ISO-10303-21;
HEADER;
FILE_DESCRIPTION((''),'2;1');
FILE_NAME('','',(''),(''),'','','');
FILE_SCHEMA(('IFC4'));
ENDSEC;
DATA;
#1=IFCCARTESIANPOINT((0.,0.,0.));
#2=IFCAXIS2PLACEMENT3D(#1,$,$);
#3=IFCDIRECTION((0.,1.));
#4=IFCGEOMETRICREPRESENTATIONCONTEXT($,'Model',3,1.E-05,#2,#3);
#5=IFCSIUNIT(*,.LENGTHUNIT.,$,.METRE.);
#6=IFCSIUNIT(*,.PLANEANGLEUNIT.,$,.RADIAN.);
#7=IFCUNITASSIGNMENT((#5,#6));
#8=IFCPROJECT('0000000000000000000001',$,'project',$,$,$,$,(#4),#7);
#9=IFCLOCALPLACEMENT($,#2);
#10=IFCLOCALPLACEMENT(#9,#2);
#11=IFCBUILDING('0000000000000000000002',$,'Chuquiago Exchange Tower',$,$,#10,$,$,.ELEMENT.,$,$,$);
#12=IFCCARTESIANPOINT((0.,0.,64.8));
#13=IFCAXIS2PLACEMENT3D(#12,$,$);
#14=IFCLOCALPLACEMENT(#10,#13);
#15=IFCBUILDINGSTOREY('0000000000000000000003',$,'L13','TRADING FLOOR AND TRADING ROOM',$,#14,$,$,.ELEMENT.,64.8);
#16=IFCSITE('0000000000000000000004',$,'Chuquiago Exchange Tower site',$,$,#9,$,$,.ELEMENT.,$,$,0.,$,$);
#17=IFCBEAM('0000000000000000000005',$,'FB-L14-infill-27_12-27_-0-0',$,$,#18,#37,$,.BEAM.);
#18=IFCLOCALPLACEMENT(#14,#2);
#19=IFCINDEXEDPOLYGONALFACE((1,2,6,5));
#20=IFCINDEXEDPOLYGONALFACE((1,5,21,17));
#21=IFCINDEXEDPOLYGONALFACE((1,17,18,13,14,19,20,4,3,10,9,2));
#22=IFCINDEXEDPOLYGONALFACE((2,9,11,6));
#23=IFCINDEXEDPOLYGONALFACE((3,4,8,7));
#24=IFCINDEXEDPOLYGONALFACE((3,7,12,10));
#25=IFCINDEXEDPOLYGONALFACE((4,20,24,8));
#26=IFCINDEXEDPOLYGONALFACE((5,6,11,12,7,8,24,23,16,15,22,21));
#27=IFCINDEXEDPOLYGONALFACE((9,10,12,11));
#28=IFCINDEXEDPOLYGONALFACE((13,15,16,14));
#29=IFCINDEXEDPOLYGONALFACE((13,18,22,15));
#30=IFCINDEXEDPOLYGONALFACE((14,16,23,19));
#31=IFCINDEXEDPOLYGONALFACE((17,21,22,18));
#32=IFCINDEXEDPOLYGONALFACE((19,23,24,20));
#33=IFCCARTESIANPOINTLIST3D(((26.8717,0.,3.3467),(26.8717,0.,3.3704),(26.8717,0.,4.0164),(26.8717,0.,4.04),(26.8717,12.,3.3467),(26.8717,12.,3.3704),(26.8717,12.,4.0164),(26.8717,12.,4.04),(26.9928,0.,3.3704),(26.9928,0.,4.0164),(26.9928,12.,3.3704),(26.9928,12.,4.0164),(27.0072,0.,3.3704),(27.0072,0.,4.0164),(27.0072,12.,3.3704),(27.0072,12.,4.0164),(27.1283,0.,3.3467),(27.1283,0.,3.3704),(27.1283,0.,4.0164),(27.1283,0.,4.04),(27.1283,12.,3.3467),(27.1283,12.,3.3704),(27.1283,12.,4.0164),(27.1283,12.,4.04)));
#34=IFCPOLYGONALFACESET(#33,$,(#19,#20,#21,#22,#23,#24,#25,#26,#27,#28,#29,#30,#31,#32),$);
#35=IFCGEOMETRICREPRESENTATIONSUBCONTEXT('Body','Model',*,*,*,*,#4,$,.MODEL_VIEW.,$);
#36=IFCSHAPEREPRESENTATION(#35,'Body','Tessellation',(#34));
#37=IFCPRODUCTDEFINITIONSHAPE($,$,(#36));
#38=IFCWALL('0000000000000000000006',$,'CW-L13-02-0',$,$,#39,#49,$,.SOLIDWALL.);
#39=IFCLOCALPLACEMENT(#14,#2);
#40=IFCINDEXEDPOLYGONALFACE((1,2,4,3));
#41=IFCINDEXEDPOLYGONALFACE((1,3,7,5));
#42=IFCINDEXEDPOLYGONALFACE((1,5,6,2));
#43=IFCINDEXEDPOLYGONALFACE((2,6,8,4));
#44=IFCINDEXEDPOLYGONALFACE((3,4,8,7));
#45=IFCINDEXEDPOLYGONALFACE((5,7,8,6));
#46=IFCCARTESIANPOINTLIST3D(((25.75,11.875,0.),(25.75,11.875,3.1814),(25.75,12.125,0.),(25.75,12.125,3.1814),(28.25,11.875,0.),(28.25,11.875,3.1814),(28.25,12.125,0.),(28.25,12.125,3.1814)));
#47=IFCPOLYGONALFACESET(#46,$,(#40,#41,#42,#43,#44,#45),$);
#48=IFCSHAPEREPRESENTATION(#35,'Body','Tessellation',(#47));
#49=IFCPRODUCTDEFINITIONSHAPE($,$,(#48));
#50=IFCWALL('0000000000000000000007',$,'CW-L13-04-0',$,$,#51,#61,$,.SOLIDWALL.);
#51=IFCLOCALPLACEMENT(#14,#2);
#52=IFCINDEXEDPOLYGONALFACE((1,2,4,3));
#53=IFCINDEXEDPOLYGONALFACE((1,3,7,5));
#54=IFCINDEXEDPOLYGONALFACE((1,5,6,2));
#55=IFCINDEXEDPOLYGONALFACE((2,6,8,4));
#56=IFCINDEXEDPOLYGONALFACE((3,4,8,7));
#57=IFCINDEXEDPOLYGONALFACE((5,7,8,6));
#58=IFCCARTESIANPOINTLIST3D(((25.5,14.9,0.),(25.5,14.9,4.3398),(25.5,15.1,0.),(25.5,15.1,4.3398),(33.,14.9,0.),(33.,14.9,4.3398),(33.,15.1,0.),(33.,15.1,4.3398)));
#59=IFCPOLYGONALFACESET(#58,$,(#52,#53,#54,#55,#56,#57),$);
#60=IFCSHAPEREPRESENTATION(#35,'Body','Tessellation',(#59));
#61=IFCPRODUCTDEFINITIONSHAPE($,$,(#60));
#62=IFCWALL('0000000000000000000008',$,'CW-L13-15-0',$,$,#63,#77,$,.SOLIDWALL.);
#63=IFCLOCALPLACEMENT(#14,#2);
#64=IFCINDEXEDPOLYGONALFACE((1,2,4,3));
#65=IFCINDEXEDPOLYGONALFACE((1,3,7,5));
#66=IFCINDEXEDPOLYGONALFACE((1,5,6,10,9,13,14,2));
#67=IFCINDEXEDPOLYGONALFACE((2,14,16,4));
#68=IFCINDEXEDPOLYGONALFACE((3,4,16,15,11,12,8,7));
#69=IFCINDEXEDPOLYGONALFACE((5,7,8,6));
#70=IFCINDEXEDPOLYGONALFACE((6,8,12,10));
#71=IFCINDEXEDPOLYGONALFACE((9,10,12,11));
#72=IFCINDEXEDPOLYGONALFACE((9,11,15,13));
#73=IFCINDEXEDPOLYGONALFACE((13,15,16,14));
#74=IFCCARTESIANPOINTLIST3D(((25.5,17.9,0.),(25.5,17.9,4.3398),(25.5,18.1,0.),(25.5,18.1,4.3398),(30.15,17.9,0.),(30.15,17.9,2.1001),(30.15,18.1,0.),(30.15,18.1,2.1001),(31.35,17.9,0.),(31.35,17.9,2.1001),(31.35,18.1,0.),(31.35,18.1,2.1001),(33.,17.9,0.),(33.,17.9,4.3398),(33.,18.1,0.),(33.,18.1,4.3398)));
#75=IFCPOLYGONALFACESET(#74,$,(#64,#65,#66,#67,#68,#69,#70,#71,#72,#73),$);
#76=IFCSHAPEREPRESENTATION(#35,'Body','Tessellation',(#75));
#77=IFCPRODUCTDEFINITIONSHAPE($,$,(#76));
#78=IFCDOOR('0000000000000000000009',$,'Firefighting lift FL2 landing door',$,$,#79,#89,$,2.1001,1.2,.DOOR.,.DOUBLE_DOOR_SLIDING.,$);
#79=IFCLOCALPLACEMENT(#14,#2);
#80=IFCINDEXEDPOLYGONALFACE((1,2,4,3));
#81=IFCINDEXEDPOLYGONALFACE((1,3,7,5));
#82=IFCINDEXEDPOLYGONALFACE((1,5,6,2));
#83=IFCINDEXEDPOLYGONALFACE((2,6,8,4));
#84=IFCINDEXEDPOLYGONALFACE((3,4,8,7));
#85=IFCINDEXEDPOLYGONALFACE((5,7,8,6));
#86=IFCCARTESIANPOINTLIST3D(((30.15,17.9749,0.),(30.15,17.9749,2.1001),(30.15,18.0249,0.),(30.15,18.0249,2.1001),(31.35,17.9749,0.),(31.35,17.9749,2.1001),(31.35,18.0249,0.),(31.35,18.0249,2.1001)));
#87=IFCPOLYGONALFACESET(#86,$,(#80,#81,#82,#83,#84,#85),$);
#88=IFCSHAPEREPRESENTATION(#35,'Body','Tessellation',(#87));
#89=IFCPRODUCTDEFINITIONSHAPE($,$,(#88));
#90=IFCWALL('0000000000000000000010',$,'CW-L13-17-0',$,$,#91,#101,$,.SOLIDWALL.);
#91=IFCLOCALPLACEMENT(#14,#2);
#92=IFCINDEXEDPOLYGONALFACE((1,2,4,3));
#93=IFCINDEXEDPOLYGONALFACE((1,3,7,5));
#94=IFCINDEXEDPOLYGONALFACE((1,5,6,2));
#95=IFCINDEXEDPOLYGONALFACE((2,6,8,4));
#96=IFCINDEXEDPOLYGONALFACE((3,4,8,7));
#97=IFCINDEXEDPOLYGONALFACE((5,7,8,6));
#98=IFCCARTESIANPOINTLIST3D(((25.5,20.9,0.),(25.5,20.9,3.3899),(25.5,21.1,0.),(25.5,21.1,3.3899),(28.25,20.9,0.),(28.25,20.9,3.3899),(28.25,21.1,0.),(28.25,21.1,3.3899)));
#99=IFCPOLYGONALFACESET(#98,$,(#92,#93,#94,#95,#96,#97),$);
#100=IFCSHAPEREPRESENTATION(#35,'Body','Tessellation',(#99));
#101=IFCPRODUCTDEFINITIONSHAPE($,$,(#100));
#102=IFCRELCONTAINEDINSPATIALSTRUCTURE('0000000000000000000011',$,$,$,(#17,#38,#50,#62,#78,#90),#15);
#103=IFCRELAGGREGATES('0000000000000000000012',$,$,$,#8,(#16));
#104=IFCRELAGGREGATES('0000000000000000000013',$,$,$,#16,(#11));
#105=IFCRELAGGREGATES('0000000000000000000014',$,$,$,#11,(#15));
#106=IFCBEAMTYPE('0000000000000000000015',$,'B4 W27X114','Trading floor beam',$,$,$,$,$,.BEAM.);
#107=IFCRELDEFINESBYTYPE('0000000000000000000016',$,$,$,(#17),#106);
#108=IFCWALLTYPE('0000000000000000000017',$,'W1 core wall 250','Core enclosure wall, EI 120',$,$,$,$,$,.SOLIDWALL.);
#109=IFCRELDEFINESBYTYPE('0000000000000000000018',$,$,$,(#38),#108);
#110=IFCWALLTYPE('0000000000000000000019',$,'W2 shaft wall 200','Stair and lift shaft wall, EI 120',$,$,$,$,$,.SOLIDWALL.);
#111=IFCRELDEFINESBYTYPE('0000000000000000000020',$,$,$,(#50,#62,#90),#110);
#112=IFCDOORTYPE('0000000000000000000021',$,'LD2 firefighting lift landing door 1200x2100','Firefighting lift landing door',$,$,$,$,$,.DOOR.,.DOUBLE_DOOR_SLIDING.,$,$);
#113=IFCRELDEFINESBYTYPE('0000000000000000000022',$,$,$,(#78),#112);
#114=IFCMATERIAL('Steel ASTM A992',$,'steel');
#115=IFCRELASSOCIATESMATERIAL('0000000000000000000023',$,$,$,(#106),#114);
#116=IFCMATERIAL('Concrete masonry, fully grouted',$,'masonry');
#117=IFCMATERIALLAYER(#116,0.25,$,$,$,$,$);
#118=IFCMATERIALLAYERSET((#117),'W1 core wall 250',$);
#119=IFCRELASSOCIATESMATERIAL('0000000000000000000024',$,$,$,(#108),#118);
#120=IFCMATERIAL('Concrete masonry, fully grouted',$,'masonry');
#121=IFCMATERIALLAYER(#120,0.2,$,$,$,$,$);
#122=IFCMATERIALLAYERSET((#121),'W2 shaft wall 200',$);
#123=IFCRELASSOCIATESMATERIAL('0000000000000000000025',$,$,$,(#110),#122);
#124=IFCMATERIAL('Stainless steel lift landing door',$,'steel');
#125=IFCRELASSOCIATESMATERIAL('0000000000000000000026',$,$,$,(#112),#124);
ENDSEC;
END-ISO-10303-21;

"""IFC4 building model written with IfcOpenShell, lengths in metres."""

from ifc_helpers import new_model, si_unit, direction, frame, frame_2d, origin, origin_2d, place, context, subcontext, project, spatial, rectangle, i_section, extrude, material, layer, layer_set, material_profile, profile_set, type_object, element, fill, save


model = new_model("IFC4")

# Units and contexts
model_context = context("Model", 3, precision=1e-05, world=origin(), true_north=direction((0.0, 1.0)))
body_context = subcontext(model_context, "Body", "Model", "MODEL_VIEW")
ifc_project = project(units=[si_unit("LENGTHUNIT", "METRE"), si_unit("PLANEANGLEUNIT", "RADIAN")], contexts=[model_context])

# Site, building, storey
site_placement = place(None, origin())
site = spatial("IfcSite", under=ifc_project, at=site_placement, Name="Chuquiago Exchange Tower site", CompositionType="ELEMENT", RefElevation=0.0)
building_placement = place(site_placement, origin())
building = spatial("IfcBuilding", under=site, at=building_placement, Name="Chuquiago Exchange Tower", CompositionType="ELEMENT")
storey_placement = place(building_placement, frame((0.0, 0.0, 64.8)))
storey = spatial("IfcBuildingStorey", under=building, at=storey_placement, Name="L13", Description="TRADING FLOOR AND TRADING ROOM", CompositionType="ELEMENT", Elevation=64.8)

# Beam
ifc_material_1 = material(Name="Steel ASTM A992", Category="steel")
ifc_material_profile_1 = material_profile(ifc_material_1, i_section(OverallWidth=0.2566, OverallDepth=0.6934, WebThickness=0.0144, FlangeThickness=0.0237, at=origin_2d()), Name="W27X114")
ifc_profile_set_1 = profile_set([ifc_material_profile_1], Name="Steel ASTM A992")
beam_type_1 = type_object("IfcBeamType", Name="B4 W27X114", Description="Trading floor beam", PredefinedType="BEAM", material=ifc_profile_set_1)
for number, where, z_axis, x_axis, name in (
    (1, (27.0, 12.0, 3.6934), (0.0, -1.0, 0.0), (1.0, 0.0, 0.0), "FB-L14-infill-27_12-27_-0-0"),
):
    element("IfcBeam", number, at=place(storey_placement, frame(where, z_axis=z_axis, x_axis=x_axis)), inside=storey, type_object=beam_type_1, Name=name, PredefinedType="BEAM", context=body_context, shape_type="SweptSolid", body=[
        extrude(i_section(OverallWidth=0.2566, OverallDepth=0.6934, WebThickness=0.0144, FlangeThickness=0.0237, at=origin_2d()), origin(), (0.0, 0.0, 1.0), 12.0),
    ])

# Walls
ifc_material_2 = material(Name="Concrete masonry, fully grouted", Category="masonry")
ifc_layer_1 = layer(ifc_material_2, 0.25)
ifc_layer_set_1 = layer_set([ifc_layer_1], Name="W1 core wall 250")
wall_type_1 = type_object("IfcWallType", Name="W1 core wall 250", Description="Core enclosure wall, EI 120", PredefinedType="SOLIDWALL", material=ifc_layer_set_1)
wall_1_placement = place(storey_placement, frame((25.75, 12.0, 0.0), z_axis=(0.0, 0.0, 1.0), x_axis=(1.0, 0.0, 0.0)))
element("IfcWall", 2, at=wall_1_placement, inside=storey, type_object=wall_type_1, Name="CW-L13-02-0", PredefinedType="SOLIDWALL", context=body_context, shape_type="SweptSolid", body=[
    extrude(rectangle(XDim=2.5, YDim=0.25, at=frame_2d((1.25, 0.0))), origin(), (0.0, 0.0, 1.0), 3.1814),
])
ifc_material_3 = material(Name="Concrete masonry, fully grouted", Category="masonry")
ifc_layer_2 = layer(ifc_material_3, 0.2)
ifc_layer_set_2 = layer_set([ifc_layer_2], Name="W2 shaft wall 200")
wall_type_2 = type_object("IfcWallType", Name="W2 shaft wall 200", Description="Stair and lift shaft wall, EI 120", PredefinedType="SOLIDWALL", material=ifc_layer_set_2)
wall_2_placement = place(storey_placement, frame((25.5, 15.0, 0.0), z_axis=(0.0, 0.0, 1.0), x_axis=(1.0, 0.0, 0.0)))
element("IfcWall", 3, at=wall_2_placement, inside=storey, type_object=wall_type_2, Name="CW-L13-04-0", PredefinedType="SOLIDWALL", context=body_context, shape_type="SweptSolid", body=[
    extrude(rectangle(XDim=7.5, YDim=0.2, at=frame_2d((3.75, 0.0))), origin(), (0.0, 0.0, 1.0), 4.3398),
])

# Wall, opening, door
wall_3_placement = place(storey_placement, frame((25.5, 18.0, 0.0), z_axis=(0.0, 0.0, 1.0), x_axis=(1.0, 0.0, 0.0)))
wall_3 = element("IfcWall", 4, at=wall_3_placement, inside=storey, type_object=wall_type_2, Name="CW-L13-15-0", PredefinedType="SOLIDWALL", context=body_context, shape_type="SweptSolid", body=[
    extrude(rectangle(XDim=7.5, YDim=0.2, at=frame_2d((3.75, 0.0))), origin(), (0.0, 0.0, 1.0), 4.3398),
])
opening_1_placement = place(wall_3_placement, frame((4.6499, 0.0, 0.0)))
opening_1 = element("IfcOpeningElement", 5, at=opening_1_placement, cuts=wall_3, PredefinedType="OPENING", context=body_context, shape_type="SweptSolid", body=[
    extrude(rectangle(XDim=1.2, YDim=2.1001, at=frame_2d((0.6001, 1.05))), frame((0.0, 0.1099, 0.0), z_axis=(0.0, -1.0, 0.0), x_axis=(1.0, 0.0, 0.0)), (0.0, 0.0, 1.0), 0.22),
])
ifc_material_4 = material(Name="Stainless steel lift landing door", Category="steel")
door_type_1 = type_object("IfcDoorType", Name="LD2 firefighting lift landing door 1200x2100", Description="Firefighting lift landing door", OperationType="DOUBLE_DOOR_SLIDING", PredefinedType="DOOR", material=ifc_material_4)
door_1_placement = place(opening_1_placement, origin())
door_1 = element("IfcDoor", 6, at=door_1_placement, inside=storey, type_object=door_type_1, Name="Firefighting lift FL2 landing door", OperationType="DOUBLE_DOOR_SLIDING", OverallHeight=2.1001, OverallWidth=1.2, PredefinedType="DOOR", context=body_context, shape_type="SweptSolid", body=[
    extrude(rectangle(XDim=1.2, YDim=2.1001, at=frame_2d((0.6001, 1.05))), frame((0.0, 0.0249, 0.0), z_axis=(0.0, -1.0, 0.0), x_axis=(1.0, 0.0, 0.0)), (0.0, 0.0, 1.0), 0.05),
])
fill(opening_1, door_1)

# Wall
wall_4_placement = place(storey_placement, frame((25.5, 21.0, 0.0), z_axis=(0.0, 0.0, 1.0), x_axis=(1.0, 0.0, 0.0)))
element("IfcWall", 7, at=wall_4_placement, inside=storey, type_object=wall_type_2, Name="CW-L13-17-0", PredefinedType="SOLIDWALL", context=body_context, shape_type="SweptSolid", body=[
    extrude(rectangle(XDim=2.75, YDim=0.2, at=frame_2d((1.375, 0.0))), origin(), (0.0, 0.0, 1.0), 3.3899),
])

save(model, "model.ifc")
